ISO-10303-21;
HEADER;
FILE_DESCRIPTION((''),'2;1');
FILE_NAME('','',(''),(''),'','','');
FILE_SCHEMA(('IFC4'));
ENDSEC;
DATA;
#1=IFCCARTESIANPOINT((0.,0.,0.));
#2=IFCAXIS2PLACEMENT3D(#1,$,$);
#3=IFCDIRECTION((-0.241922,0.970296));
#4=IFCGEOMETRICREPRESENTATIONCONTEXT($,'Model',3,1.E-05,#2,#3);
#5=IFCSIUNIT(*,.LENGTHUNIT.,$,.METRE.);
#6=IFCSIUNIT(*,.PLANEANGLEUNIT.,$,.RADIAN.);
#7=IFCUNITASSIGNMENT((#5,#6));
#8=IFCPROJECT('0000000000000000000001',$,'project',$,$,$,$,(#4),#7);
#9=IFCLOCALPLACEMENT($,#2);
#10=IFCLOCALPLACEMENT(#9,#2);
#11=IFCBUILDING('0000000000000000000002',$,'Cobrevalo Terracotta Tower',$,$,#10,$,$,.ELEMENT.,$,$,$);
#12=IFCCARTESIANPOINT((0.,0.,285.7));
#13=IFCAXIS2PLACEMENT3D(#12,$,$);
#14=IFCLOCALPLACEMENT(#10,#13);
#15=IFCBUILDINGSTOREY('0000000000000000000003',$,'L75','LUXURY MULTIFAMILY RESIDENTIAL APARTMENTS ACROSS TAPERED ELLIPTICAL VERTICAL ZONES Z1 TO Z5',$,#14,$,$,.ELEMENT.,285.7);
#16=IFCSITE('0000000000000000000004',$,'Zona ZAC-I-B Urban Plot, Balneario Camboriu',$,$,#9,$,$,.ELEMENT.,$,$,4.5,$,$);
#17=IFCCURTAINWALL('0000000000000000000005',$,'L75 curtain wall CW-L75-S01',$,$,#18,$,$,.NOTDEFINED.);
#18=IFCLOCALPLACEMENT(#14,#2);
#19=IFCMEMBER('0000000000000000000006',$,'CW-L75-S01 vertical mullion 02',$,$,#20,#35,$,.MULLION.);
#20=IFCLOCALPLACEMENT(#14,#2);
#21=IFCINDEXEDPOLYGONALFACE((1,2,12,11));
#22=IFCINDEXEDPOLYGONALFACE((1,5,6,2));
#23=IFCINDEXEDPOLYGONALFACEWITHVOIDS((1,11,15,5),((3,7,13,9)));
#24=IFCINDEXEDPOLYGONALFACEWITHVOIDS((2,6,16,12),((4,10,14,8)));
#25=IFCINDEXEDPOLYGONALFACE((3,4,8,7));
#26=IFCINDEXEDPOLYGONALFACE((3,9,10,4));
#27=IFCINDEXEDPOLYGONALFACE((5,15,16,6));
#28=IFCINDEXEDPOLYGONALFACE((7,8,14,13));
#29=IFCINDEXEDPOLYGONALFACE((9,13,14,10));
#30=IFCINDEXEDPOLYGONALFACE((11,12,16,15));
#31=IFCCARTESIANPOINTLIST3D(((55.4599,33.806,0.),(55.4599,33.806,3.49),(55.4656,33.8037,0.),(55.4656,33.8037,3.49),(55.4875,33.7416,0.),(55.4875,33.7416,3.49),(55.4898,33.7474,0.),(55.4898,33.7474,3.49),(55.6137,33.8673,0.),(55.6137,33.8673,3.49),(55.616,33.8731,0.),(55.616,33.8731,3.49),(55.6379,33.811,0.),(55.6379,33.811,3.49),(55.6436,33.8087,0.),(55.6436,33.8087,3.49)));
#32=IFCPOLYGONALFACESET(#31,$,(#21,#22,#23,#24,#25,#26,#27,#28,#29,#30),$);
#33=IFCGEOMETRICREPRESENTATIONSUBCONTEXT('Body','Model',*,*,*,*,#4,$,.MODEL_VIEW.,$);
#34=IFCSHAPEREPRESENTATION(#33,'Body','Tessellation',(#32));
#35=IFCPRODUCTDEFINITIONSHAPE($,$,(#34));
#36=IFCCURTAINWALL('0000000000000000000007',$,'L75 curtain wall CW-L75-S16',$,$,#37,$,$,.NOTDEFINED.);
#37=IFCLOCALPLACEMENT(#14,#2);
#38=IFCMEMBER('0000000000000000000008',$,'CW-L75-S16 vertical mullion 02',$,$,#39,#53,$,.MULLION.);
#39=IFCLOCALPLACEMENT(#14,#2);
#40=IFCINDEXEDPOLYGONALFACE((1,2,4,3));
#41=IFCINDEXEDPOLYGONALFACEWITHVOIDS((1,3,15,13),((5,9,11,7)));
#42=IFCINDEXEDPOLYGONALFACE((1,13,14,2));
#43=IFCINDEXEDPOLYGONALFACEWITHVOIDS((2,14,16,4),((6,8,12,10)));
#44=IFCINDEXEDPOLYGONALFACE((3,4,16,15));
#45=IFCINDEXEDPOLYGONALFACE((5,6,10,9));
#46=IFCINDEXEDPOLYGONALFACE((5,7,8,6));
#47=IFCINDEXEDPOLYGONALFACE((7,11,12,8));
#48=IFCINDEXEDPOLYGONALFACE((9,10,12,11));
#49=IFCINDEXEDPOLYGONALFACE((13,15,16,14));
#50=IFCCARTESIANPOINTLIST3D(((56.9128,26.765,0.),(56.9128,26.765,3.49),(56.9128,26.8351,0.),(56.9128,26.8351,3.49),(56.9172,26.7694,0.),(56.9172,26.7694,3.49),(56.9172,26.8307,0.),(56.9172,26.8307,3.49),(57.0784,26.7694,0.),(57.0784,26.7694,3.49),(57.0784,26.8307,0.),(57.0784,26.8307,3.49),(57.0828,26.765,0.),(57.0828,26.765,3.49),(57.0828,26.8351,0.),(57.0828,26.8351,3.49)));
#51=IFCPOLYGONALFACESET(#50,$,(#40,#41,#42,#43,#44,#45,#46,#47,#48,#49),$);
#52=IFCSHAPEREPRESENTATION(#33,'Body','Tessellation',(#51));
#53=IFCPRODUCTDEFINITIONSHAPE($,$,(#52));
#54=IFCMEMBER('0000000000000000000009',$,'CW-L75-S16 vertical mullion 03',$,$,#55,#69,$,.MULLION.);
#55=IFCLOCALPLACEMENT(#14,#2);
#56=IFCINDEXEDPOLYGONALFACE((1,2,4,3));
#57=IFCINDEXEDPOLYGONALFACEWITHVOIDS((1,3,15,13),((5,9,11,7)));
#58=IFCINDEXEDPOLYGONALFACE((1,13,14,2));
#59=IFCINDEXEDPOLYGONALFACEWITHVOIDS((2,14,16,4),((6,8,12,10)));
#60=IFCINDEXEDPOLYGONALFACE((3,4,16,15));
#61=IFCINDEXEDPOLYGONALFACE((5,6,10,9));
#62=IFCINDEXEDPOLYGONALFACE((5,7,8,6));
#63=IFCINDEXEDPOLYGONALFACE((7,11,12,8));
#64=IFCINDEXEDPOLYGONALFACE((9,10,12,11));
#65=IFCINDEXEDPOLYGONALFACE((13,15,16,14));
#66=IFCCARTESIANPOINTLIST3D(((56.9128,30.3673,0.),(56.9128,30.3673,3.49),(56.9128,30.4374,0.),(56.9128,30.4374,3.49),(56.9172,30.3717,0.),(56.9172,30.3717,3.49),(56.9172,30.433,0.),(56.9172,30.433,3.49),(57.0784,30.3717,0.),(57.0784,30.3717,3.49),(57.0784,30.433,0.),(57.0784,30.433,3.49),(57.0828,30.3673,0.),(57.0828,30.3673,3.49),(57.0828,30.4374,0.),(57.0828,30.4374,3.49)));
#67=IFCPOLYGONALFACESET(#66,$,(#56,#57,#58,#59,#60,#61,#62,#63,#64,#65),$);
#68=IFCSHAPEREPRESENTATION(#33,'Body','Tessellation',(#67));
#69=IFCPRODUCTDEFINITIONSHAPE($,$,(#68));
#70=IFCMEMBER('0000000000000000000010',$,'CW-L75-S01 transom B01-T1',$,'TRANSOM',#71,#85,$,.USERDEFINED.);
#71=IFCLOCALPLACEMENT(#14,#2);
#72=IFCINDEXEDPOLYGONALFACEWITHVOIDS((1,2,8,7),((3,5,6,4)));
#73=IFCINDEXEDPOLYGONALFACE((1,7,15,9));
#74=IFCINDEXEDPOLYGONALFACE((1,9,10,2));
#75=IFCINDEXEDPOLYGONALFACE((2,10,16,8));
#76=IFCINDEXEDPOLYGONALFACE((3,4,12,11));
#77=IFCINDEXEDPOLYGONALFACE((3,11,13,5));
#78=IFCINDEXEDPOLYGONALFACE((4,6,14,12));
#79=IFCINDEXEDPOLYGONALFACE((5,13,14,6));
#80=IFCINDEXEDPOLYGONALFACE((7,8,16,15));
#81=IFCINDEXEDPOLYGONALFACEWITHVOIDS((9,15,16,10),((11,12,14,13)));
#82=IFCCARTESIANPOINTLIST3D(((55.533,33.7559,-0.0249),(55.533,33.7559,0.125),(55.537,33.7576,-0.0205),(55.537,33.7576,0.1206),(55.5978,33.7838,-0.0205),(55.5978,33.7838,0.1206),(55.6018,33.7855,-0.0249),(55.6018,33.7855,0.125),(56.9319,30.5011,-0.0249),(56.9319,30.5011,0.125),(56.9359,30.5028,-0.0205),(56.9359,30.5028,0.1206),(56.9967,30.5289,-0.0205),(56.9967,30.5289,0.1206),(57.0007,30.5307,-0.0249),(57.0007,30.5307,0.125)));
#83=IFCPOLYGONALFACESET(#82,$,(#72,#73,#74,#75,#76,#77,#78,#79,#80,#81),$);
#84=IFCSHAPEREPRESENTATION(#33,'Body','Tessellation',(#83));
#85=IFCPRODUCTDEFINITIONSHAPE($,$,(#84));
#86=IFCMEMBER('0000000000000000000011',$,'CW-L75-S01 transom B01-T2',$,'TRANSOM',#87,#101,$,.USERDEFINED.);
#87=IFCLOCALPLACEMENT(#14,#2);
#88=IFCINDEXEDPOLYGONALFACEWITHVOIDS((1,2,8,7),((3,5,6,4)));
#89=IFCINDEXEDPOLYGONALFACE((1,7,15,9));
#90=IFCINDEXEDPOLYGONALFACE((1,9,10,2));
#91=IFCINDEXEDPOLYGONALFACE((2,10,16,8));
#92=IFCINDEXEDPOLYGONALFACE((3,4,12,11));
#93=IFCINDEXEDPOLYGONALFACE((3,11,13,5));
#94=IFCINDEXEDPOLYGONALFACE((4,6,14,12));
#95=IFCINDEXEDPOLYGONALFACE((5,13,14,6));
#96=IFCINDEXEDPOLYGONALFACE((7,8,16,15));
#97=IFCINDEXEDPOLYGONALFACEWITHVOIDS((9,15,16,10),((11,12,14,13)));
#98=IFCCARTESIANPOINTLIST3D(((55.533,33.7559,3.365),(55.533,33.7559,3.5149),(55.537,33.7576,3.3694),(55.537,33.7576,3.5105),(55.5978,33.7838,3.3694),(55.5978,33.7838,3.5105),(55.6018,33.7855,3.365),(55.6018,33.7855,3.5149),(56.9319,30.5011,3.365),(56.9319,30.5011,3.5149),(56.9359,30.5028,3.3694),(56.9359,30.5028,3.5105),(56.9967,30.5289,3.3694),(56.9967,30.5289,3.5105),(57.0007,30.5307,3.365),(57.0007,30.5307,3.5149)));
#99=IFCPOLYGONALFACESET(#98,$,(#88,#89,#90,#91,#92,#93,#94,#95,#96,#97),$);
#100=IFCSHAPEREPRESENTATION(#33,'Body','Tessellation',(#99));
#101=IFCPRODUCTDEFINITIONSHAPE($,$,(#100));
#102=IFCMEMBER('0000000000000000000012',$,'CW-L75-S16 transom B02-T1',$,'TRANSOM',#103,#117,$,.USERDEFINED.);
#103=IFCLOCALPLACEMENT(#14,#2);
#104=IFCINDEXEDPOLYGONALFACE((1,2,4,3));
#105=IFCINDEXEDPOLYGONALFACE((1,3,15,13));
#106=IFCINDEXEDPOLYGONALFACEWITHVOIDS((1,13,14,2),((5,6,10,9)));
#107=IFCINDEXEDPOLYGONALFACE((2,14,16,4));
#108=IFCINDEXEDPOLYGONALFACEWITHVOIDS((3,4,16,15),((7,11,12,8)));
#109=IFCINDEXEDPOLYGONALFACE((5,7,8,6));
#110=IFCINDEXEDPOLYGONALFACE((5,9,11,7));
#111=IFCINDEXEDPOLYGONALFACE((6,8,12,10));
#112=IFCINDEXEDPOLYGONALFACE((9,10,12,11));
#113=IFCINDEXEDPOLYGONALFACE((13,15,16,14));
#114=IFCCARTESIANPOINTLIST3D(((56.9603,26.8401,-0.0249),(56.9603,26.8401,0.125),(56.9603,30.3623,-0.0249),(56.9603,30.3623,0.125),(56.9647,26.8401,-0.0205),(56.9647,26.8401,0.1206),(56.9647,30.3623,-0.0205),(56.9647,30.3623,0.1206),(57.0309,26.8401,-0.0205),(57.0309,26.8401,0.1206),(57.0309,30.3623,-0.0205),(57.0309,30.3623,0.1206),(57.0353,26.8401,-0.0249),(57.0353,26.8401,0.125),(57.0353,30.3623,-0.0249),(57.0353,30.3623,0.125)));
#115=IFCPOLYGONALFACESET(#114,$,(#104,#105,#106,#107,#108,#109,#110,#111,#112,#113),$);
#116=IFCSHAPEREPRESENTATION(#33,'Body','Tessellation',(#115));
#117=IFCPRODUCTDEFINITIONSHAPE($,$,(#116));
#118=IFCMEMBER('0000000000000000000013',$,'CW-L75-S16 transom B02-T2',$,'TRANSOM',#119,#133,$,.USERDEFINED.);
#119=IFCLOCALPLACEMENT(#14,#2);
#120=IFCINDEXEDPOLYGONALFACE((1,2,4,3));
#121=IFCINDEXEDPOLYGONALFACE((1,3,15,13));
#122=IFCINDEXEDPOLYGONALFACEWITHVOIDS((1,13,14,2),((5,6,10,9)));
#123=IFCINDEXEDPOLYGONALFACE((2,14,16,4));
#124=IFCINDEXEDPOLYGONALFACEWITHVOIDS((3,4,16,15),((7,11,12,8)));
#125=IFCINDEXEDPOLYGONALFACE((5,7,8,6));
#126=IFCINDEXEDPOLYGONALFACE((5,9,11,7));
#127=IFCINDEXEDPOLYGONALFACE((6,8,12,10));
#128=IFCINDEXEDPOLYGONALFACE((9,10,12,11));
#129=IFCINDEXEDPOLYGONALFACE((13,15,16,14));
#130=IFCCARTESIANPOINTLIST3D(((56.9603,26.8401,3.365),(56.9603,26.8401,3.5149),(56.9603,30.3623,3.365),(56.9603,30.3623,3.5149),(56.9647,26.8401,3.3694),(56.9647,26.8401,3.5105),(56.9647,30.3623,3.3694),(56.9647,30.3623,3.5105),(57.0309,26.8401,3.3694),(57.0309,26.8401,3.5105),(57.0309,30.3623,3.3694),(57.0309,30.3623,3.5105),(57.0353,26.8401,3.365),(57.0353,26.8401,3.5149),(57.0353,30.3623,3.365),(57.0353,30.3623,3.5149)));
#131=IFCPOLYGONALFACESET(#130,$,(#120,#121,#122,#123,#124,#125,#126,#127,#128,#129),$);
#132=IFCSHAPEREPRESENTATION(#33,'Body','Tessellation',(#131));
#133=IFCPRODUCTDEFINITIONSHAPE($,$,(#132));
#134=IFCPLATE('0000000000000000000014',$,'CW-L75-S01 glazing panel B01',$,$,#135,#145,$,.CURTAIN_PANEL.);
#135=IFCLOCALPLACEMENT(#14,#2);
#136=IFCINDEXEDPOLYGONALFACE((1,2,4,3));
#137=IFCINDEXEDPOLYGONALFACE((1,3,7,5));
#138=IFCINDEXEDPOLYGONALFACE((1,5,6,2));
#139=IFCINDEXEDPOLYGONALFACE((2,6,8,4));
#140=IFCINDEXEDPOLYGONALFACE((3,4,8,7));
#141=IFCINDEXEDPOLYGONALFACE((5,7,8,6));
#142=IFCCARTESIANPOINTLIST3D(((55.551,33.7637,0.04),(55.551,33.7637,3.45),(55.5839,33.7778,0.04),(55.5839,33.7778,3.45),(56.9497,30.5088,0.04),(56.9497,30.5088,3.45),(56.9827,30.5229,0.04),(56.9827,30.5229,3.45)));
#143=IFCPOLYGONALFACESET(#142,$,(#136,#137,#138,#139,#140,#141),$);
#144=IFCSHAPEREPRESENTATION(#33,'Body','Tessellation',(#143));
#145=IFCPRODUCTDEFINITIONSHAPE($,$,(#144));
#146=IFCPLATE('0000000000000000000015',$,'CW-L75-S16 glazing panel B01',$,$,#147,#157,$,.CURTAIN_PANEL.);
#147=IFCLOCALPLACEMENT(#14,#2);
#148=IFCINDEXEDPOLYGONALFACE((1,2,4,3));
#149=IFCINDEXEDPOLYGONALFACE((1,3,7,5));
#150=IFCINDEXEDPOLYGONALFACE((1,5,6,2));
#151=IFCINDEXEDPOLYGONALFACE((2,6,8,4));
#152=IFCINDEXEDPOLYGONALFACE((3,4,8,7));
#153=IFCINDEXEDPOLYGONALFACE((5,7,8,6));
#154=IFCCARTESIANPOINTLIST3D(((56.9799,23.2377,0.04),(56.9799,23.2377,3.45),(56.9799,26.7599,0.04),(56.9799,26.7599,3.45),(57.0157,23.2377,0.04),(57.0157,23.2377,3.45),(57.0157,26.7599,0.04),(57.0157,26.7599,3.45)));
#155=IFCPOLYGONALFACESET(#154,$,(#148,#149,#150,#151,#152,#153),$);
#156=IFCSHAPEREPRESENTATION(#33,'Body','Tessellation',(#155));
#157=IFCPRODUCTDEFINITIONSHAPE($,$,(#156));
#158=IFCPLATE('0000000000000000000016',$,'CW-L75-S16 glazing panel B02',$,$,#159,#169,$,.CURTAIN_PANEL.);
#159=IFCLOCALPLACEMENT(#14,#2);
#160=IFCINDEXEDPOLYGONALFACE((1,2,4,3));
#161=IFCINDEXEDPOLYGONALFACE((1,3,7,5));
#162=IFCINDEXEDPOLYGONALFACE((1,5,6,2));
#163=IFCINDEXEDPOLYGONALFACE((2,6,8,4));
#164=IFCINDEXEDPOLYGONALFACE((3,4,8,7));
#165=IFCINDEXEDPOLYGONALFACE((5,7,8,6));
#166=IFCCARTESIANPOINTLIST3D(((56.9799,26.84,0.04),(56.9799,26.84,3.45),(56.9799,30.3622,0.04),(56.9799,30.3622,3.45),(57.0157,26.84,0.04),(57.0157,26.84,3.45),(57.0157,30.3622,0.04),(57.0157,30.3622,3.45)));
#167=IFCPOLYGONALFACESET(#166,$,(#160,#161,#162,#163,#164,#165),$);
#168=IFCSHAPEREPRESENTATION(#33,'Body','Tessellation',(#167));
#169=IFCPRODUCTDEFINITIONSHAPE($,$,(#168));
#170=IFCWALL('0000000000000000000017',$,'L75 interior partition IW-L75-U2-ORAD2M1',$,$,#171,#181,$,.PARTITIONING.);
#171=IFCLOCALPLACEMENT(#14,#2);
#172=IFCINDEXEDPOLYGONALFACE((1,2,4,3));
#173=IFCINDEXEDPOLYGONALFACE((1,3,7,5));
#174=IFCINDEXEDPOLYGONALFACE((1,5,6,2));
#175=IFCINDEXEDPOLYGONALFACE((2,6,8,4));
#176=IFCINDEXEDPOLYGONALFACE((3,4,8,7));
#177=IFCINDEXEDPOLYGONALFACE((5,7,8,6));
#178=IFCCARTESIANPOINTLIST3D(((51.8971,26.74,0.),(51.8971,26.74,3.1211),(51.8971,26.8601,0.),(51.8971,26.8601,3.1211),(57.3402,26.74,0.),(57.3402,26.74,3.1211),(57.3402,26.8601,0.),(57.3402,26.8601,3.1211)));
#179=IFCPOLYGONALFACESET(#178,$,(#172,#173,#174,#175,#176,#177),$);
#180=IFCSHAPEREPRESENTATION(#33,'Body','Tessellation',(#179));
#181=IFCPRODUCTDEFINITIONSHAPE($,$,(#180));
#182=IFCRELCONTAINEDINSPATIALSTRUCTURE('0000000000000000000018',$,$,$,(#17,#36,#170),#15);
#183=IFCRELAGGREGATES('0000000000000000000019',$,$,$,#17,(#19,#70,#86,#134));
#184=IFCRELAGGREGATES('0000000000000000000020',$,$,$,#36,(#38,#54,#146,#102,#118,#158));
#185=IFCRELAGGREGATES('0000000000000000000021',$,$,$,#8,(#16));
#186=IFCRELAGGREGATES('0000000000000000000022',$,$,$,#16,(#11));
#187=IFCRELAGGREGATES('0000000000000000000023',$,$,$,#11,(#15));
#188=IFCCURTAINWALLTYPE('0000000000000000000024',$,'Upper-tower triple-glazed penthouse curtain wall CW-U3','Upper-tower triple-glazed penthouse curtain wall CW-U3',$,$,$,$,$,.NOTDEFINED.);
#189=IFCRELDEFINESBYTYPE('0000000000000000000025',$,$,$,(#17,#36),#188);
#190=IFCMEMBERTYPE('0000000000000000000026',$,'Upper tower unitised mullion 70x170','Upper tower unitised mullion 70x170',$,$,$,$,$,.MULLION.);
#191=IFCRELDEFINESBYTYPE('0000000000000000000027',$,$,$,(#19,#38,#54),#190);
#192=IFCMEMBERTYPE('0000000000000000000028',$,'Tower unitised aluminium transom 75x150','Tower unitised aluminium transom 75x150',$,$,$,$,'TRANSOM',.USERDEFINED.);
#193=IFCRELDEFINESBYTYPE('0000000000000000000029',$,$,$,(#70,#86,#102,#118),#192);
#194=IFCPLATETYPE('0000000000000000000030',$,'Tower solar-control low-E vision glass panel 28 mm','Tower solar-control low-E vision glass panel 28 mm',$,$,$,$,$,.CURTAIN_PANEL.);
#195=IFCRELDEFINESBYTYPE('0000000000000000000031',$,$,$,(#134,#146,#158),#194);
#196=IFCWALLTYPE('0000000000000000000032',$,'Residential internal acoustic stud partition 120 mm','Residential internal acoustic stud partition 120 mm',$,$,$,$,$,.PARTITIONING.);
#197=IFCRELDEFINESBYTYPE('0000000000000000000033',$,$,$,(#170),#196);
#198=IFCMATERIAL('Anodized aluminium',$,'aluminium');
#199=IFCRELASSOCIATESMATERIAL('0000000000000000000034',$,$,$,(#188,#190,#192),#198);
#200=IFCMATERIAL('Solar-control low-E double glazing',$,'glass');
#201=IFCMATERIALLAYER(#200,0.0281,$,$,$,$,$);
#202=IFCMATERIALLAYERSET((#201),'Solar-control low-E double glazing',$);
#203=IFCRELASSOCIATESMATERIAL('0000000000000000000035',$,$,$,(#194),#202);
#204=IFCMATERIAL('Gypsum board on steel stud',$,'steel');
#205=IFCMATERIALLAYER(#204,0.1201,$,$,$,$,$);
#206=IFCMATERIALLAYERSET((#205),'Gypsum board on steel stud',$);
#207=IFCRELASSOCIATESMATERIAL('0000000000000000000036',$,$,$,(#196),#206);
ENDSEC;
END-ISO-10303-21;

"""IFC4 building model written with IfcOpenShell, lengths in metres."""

from ifc_helpers import new_model, si_unit, direction, frame, frame_2d, origin, origin_2d, place, context, subcontext, project, spatial, rectangle, hollow_rectangle, extrude, source, transform, mapped, material, layer, layer_set, material_profile, profile_set, type_object, element, aggregate, save


model = new_model("IFC4")

# Units and contexts
model_context = context("Model", 3, precision=1e-05, world=origin(), true_north=direction((-0.241922, 0.970296)))
body_context = subcontext(model_context, "Body", "Model", "MODEL_VIEW")
ifc_project = project(units=[si_unit("LENGTHUNIT", "METRE"), si_unit("PLANEANGLEUNIT", "RADIAN")], contexts=[model_context])

# Site, building, storey
site_placement = place(None, origin())
site = spatial("IfcSite", under=ifc_project, at=site_placement, Name="Zona ZAC-I-B Urban Plot, Balneario Camboriu", CompositionType="ELEMENT", RefElevation=4.5)
building_placement = place(site_placement, origin())
building = spatial("IfcBuilding", under=site, at=building_placement, Name="Cobrevalo Terracotta Tower", CompositionType="ELEMENT")
storey_placement = place(building_placement, frame((0.0, 0.0, 285.7)))
storey = spatial("IfcBuildingStorey", under=building, at=storey_placement, Name="L75", Description="LUXURY MULTIFAMILY RESIDENTIAL APARTMENTS ACROSS TAPERED ELLIPTICAL VERTICAL ZONES Z1 TO Z5", CompositionType="ELEMENT", Elevation=285.7)

# Curtain walls, members
ifc_material_1 = material(Name="Anodized aluminium", Category="aluminium")
curtain_wall_type = type_object("IfcCurtainWallType", Name="Upper-tower triple-glazed penthouse curtain wall CW-U3", Description="Upper-tower triple-glazed penthouse curtain wall CW-U3", PredefinedType="NOTDEFINED", material=ifc_material_1)
curtain_wall_1_placement = place(storey_placement, origin())
curtain_wall_1 = element("IfcCurtainWall", 1, at=curtain_wall_1_placement, inside=storey, type_object=curtain_wall_type, Name="L75 curtain wall CW-L75-S01", PredefinedType="NOTDEFINED")
ifc_material_profile_1 = material_profile(ifc_material_1, hollow_rectangle(XDim=0.0701, YDim=0.1699, WallThickness=0.0044, at=origin_2d()), Name="CWM 70x170")
ifc_profile_set_1 = profile_set([ifc_material_profile_1], Name="Anodized aluminium")
member_type_1 = type_object("IfcMemberType", Name="Upper tower unitised mullion 70x170", Description="Upper tower unitised mullion 70x170", PredefinedType="MULLION", material=ifc_profile_set_1)
shared_shape_1 = source(origin(), body_context, "Body", "SweptSolid", [
    extrude(hollow_rectangle(XDim=0.0701, YDim=0.1699, WallThickness=0.0044, at=origin_2d()), origin(), (0.0, 0.0, 1.0), 3.49),
])
member_1_placement = place(storey_placement, frame((55.5518, 33.8074, 0.0), z_axis=(0.0, 0.0, 1.0), x_axis=(-0.394824, 0.918757, 0.0)))
member_1 = element("IfcMember", 2, at=member_1_placement, type_object=member_type_1, Name="CW-L75-S01 vertical mullion 02", PredefinedType="MULLION", context=body_context, shape_type="MappedRepresentation", body=[
    mapped(shared_shape_1, transform((0.0, 0.0, 0.0), scale=1.0)),
])
curtain_wall_2_placement = place(storey_placement, origin())
curtain_wall_2 = element("IfcCurtainWall", 3, at=curtain_wall_2_placement, inside=storey, type_object=curtain_wall_type, Name="L75 curtain wall CW-L75-S16", PredefinedType="NOTDEFINED")
member_2_placement = place(storey_placement, frame((56.9978, 26.8, 0.0), z_axis=(0.0, 0.0, 1.0), x_axis=(0.0, 1.0, 0.0)))
member_2 = element("IfcMember", 4, at=member_2_placement, type_object=member_type_1, Name="CW-L75-S16 vertical mullion 02", PredefinedType="MULLION", context=body_context, shape_type="MappedRepresentation", body=[
    mapped(shared_shape_1, transform((0.0, 0.0, 0.0), scale=1.0)),
])
member_3_placement = place(storey_placement, frame((56.9978, 30.4023, 0.0), z_axis=(0.0, 0.0, 1.0), x_axis=(0.0, 1.0, 0.0)))
member_3 = element("IfcMember", 5, at=member_3_placement, type_object=member_type_1, Name="CW-L75-S16 vertical mullion 03", PredefinedType="MULLION", context=body_context, shape_type="MappedRepresentation", body=[
    mapped(shared_shape_1, transform((0.0, 0.0, 0.0), scale=1.0)),
])

# Members
ifc_material_profile_2 = material_profile(ifc_material_1, hollow_rectangle(XDim=0.075, YDim=0.1499, WallThickness=0.0044, at=origin_2d()), Name="CWT 75x150")
ifc_profile_set_2 = profile_set([ifc_material_profile_2], Name="Anodized aluminium")
member_type_2 = type_object("IfcMemberType", Name="Tower unitised aluminium transom 75x150", Description="Tower unitised aluminium transom 75x150", ElementType="TRANSOM", PredefinedType="USERDEFINED", material=ifc_profile_set_2)
shared_shape_2 = source(origin(), body_context, "Body", "SweptSolid", [
    extrude(hollow_rectangle(XDim=0.075, YDim=0.1499, WallThickness=0.0044, at=origin_2d()), origin(), (0.0, 0.0, 1.0), 3.5427),
])
member_4_placement = place(storey_placement, frame((56.9663, 30.5159, 0.05), z_axis=(-0.394867, 0.918738, 0.0), x_axis=(-0.918738, -0.394867, 0.0)))
member_4 = element("IfcMember", 6, at=member_4_placement, type_object=member_type_2, Name="CW-L75-S01 transom B01-T1", ObjectType="TRANSOM", PredefinedType="USERDEFINED", context=body_context, shape_type="MappedRepresentation", body=[
    mapped(shared_shape_2, transform((0.0, 0.0, 0.0), scale=1.0)),
])
member_5_placement = place(storey_placement, frame((56.9663, 30.5159, 3.4399), z_axis=(-0.394867, 0.918738, 0.0), x_axis=(-0.918738, -0.394867, 0.0)))
member_5 = element("IfcMember", 7, at=member_5_placement, type_object=member_type_2, Name="CW-L75-S01 transom B01-T2", ObjectType="TRANSOM", PredefinedType="USERDEFINED", context=body_context, shape_type="MappedRepresentation", body=[
    mapped(shared_shape_2, transform((0.0, 0.0, 0.0), scale=1.0)),
])
shared_shape_3 = source(origin(), body_context, "Body", "SweptSolid", [
    extrude(hollow_rectangle(XDim=0.075, YDim=0.1499, WallThickness=0.0044, at=origin_2d()), origin(), (0.0, 0.0, 1.0), 3.5222),
])
member_6_placement = place(storey_placement, frame((56.9978, 26.8401, 0.05), z_axis=(0.0, 1.0, 0.0), x_axis=(-1.0, 0.0, 0.0)))
member_6 = element("IfcMember", 8, at=member_6_placement, type_object=member_type_2, Name="CW-L75-S16 transom B02-T1", ObjectType="TRANSOM", PredefinedType="USERDEFINED", context=body_context, shape_type="MappedRepresentation", body=[
    mapped(shared_shape_3, transform((0.0, 0.0, 0.0), scale=1.0)),
])
member_7_placement = place(storey_placement, frame((56.9978, 26.8401, 3.4399), z_axis=(0.0, 1.0, 0.0), x_axis=(-1.0, 0.0, 0.0)))
member_7 = element("IfcMember", 9, at=member_7_placement, type_object=member_type_2, Name="CW-L75-S16 transom B02-T2", ObjectType="TRANSOM", PredefinedType="USERDEFINED", context=body_context, shape_type="MappedRepresentation", body=[
    mapped(shared_shape_3, transform((0.0, 0.0, 0.0), scale=1.0)),
])

# Plates
ifc_material_2 = material(Name="Solar-control low-E double glazing", Category="glass")
ifc_layer_1 = layer(ifc_material_2, 0.0281)
ifc_layer_set_1 = layer_set([ifc_layer_1], Name="Solar-control low-E double glazing")
plate_type = type_object("IfcPlateType", Name="Tower solar-control low-E vision glass panel 28 mm", Description="Tower solar-control low-E vision glass panel 28 mm", PredefinedType="CURTAIN_PANEL", material=ifc_layer_set_1)
shared_shape_4 = source(origin(), body_context, "Body", "SweptSolid", [
    extrude(rectangle(XDim=3.5427, YDim=0.0359, at=origin_2d()), origin(), (0.0, 0.0, 1.0), 3.4099),
])
plate_1_placement = place(storey_placement, frame((56.2668, 32.1433, 0.04), z_axis=(0.0, 0.0, 1.0), x_axis=(-0.394829, 0.918755, 0.0)))
plate_1 = element("IfcPlate", 10, at=plate_1_placement, type_object=plate_type, Name="CW-L75-S01 glazing panel B01", PredefinedType="CURTAIN_PANEL", context=body_context, shape_type="MappedRepresentation", body=[
    mapped(shared_shape_4, transform((0.0, 0.0, 0.0), scale=1.0)),
])
aggregate(curtain_wall_1, [member_1, member_4, member_5, plate_1])
shared_shape_5 = source(origin(), body_context, "Body", "SweptSolid", [
    extrude(rectangle(XDim=3.5222, YDim=0.0359, at=origin_2d()), origin(), (0.0, 0.0, 1.0), 3.4099),
])
plate_2_placement = place(storey_placement, frame((56.9978, 24.9988, 0.04), z_axis=(0.0, 0.0, 1.0), x_axis=(0.0, 1.0, 0.0)))
plate_2 = element("IfcPlate", 11, at=plate_2_placement, type_object=plate_type, Name="CW-L75-S16 glazing panel B01", PredefinedType="CURTAIN_PANEL", context=body_context, shape_type="MappedRepresentation", body=[
    mapped(shared_shape_5, transform((0.0, 0.0, 0.0), scale=1.0)),
])
plate_3_placement = place(storey_placement, frame((56.9978, 28.6011, 0.04), z_axis=(0.0, 0.0, 1.0), x_axis=(0.0, 1.0, 0.0)))
plate_3 = element("IfcPlate", 12, at=plate_3_placement, type_object=plate_type, Name="CW-L75-S16 glazing panel B02", PredefinedType="CURTAIN_PANEL", context=body_context, shape_type="MappedRepresentation", body=[
    mapped(shared_shape_5, transform((0.0, 0.0, 0.0), scale=1.0)),
])
aggregate(curtain_wall_2, [member_2, member_3, plate_2, member_6, member_7, plate_3])

# Wall
ifc_material_3 = material(Name="Gypsum board on steel stud", Category="steel")
ifc_layer_2 = layer(ifc_material_3, 0.1201)
ifc_layer_set_2 = layer_set([ifc_layer_2], Name="Gypsum board on steel stud")
wall_type = type_object("IfcWallType", Name="Residential internal acoustic stud partition 120 mm", Description="Residential internal acoustic stud partition 120 mm", PredefinedType="PARTITIONING", material=ifc_layer_set_2)
wall_1_placement = place(storey_placement, frame((51.897, 26.8, 0.0), z_axis=(0.0, 0.0, 1.0), x_axis=(1.0, 0.0, 0.0)))
element("IfcWall", 13, at=wall_1_placement, inside=storey, type_object=wall_type, Name="L75 interior partition IW-L75-U2-ORAD2M1", PredefinedType="PARTITIONING", context=body_context, shape_type="SweptSolid", body=[
    extrude(rectangle(XDim=5.4431, YDim=0.1201, at=frame_2d((2.7217, 0.0))), origin(), (0.0, 0.0, 1.0), 3.1211),
])

save(model, "model.ifc")
